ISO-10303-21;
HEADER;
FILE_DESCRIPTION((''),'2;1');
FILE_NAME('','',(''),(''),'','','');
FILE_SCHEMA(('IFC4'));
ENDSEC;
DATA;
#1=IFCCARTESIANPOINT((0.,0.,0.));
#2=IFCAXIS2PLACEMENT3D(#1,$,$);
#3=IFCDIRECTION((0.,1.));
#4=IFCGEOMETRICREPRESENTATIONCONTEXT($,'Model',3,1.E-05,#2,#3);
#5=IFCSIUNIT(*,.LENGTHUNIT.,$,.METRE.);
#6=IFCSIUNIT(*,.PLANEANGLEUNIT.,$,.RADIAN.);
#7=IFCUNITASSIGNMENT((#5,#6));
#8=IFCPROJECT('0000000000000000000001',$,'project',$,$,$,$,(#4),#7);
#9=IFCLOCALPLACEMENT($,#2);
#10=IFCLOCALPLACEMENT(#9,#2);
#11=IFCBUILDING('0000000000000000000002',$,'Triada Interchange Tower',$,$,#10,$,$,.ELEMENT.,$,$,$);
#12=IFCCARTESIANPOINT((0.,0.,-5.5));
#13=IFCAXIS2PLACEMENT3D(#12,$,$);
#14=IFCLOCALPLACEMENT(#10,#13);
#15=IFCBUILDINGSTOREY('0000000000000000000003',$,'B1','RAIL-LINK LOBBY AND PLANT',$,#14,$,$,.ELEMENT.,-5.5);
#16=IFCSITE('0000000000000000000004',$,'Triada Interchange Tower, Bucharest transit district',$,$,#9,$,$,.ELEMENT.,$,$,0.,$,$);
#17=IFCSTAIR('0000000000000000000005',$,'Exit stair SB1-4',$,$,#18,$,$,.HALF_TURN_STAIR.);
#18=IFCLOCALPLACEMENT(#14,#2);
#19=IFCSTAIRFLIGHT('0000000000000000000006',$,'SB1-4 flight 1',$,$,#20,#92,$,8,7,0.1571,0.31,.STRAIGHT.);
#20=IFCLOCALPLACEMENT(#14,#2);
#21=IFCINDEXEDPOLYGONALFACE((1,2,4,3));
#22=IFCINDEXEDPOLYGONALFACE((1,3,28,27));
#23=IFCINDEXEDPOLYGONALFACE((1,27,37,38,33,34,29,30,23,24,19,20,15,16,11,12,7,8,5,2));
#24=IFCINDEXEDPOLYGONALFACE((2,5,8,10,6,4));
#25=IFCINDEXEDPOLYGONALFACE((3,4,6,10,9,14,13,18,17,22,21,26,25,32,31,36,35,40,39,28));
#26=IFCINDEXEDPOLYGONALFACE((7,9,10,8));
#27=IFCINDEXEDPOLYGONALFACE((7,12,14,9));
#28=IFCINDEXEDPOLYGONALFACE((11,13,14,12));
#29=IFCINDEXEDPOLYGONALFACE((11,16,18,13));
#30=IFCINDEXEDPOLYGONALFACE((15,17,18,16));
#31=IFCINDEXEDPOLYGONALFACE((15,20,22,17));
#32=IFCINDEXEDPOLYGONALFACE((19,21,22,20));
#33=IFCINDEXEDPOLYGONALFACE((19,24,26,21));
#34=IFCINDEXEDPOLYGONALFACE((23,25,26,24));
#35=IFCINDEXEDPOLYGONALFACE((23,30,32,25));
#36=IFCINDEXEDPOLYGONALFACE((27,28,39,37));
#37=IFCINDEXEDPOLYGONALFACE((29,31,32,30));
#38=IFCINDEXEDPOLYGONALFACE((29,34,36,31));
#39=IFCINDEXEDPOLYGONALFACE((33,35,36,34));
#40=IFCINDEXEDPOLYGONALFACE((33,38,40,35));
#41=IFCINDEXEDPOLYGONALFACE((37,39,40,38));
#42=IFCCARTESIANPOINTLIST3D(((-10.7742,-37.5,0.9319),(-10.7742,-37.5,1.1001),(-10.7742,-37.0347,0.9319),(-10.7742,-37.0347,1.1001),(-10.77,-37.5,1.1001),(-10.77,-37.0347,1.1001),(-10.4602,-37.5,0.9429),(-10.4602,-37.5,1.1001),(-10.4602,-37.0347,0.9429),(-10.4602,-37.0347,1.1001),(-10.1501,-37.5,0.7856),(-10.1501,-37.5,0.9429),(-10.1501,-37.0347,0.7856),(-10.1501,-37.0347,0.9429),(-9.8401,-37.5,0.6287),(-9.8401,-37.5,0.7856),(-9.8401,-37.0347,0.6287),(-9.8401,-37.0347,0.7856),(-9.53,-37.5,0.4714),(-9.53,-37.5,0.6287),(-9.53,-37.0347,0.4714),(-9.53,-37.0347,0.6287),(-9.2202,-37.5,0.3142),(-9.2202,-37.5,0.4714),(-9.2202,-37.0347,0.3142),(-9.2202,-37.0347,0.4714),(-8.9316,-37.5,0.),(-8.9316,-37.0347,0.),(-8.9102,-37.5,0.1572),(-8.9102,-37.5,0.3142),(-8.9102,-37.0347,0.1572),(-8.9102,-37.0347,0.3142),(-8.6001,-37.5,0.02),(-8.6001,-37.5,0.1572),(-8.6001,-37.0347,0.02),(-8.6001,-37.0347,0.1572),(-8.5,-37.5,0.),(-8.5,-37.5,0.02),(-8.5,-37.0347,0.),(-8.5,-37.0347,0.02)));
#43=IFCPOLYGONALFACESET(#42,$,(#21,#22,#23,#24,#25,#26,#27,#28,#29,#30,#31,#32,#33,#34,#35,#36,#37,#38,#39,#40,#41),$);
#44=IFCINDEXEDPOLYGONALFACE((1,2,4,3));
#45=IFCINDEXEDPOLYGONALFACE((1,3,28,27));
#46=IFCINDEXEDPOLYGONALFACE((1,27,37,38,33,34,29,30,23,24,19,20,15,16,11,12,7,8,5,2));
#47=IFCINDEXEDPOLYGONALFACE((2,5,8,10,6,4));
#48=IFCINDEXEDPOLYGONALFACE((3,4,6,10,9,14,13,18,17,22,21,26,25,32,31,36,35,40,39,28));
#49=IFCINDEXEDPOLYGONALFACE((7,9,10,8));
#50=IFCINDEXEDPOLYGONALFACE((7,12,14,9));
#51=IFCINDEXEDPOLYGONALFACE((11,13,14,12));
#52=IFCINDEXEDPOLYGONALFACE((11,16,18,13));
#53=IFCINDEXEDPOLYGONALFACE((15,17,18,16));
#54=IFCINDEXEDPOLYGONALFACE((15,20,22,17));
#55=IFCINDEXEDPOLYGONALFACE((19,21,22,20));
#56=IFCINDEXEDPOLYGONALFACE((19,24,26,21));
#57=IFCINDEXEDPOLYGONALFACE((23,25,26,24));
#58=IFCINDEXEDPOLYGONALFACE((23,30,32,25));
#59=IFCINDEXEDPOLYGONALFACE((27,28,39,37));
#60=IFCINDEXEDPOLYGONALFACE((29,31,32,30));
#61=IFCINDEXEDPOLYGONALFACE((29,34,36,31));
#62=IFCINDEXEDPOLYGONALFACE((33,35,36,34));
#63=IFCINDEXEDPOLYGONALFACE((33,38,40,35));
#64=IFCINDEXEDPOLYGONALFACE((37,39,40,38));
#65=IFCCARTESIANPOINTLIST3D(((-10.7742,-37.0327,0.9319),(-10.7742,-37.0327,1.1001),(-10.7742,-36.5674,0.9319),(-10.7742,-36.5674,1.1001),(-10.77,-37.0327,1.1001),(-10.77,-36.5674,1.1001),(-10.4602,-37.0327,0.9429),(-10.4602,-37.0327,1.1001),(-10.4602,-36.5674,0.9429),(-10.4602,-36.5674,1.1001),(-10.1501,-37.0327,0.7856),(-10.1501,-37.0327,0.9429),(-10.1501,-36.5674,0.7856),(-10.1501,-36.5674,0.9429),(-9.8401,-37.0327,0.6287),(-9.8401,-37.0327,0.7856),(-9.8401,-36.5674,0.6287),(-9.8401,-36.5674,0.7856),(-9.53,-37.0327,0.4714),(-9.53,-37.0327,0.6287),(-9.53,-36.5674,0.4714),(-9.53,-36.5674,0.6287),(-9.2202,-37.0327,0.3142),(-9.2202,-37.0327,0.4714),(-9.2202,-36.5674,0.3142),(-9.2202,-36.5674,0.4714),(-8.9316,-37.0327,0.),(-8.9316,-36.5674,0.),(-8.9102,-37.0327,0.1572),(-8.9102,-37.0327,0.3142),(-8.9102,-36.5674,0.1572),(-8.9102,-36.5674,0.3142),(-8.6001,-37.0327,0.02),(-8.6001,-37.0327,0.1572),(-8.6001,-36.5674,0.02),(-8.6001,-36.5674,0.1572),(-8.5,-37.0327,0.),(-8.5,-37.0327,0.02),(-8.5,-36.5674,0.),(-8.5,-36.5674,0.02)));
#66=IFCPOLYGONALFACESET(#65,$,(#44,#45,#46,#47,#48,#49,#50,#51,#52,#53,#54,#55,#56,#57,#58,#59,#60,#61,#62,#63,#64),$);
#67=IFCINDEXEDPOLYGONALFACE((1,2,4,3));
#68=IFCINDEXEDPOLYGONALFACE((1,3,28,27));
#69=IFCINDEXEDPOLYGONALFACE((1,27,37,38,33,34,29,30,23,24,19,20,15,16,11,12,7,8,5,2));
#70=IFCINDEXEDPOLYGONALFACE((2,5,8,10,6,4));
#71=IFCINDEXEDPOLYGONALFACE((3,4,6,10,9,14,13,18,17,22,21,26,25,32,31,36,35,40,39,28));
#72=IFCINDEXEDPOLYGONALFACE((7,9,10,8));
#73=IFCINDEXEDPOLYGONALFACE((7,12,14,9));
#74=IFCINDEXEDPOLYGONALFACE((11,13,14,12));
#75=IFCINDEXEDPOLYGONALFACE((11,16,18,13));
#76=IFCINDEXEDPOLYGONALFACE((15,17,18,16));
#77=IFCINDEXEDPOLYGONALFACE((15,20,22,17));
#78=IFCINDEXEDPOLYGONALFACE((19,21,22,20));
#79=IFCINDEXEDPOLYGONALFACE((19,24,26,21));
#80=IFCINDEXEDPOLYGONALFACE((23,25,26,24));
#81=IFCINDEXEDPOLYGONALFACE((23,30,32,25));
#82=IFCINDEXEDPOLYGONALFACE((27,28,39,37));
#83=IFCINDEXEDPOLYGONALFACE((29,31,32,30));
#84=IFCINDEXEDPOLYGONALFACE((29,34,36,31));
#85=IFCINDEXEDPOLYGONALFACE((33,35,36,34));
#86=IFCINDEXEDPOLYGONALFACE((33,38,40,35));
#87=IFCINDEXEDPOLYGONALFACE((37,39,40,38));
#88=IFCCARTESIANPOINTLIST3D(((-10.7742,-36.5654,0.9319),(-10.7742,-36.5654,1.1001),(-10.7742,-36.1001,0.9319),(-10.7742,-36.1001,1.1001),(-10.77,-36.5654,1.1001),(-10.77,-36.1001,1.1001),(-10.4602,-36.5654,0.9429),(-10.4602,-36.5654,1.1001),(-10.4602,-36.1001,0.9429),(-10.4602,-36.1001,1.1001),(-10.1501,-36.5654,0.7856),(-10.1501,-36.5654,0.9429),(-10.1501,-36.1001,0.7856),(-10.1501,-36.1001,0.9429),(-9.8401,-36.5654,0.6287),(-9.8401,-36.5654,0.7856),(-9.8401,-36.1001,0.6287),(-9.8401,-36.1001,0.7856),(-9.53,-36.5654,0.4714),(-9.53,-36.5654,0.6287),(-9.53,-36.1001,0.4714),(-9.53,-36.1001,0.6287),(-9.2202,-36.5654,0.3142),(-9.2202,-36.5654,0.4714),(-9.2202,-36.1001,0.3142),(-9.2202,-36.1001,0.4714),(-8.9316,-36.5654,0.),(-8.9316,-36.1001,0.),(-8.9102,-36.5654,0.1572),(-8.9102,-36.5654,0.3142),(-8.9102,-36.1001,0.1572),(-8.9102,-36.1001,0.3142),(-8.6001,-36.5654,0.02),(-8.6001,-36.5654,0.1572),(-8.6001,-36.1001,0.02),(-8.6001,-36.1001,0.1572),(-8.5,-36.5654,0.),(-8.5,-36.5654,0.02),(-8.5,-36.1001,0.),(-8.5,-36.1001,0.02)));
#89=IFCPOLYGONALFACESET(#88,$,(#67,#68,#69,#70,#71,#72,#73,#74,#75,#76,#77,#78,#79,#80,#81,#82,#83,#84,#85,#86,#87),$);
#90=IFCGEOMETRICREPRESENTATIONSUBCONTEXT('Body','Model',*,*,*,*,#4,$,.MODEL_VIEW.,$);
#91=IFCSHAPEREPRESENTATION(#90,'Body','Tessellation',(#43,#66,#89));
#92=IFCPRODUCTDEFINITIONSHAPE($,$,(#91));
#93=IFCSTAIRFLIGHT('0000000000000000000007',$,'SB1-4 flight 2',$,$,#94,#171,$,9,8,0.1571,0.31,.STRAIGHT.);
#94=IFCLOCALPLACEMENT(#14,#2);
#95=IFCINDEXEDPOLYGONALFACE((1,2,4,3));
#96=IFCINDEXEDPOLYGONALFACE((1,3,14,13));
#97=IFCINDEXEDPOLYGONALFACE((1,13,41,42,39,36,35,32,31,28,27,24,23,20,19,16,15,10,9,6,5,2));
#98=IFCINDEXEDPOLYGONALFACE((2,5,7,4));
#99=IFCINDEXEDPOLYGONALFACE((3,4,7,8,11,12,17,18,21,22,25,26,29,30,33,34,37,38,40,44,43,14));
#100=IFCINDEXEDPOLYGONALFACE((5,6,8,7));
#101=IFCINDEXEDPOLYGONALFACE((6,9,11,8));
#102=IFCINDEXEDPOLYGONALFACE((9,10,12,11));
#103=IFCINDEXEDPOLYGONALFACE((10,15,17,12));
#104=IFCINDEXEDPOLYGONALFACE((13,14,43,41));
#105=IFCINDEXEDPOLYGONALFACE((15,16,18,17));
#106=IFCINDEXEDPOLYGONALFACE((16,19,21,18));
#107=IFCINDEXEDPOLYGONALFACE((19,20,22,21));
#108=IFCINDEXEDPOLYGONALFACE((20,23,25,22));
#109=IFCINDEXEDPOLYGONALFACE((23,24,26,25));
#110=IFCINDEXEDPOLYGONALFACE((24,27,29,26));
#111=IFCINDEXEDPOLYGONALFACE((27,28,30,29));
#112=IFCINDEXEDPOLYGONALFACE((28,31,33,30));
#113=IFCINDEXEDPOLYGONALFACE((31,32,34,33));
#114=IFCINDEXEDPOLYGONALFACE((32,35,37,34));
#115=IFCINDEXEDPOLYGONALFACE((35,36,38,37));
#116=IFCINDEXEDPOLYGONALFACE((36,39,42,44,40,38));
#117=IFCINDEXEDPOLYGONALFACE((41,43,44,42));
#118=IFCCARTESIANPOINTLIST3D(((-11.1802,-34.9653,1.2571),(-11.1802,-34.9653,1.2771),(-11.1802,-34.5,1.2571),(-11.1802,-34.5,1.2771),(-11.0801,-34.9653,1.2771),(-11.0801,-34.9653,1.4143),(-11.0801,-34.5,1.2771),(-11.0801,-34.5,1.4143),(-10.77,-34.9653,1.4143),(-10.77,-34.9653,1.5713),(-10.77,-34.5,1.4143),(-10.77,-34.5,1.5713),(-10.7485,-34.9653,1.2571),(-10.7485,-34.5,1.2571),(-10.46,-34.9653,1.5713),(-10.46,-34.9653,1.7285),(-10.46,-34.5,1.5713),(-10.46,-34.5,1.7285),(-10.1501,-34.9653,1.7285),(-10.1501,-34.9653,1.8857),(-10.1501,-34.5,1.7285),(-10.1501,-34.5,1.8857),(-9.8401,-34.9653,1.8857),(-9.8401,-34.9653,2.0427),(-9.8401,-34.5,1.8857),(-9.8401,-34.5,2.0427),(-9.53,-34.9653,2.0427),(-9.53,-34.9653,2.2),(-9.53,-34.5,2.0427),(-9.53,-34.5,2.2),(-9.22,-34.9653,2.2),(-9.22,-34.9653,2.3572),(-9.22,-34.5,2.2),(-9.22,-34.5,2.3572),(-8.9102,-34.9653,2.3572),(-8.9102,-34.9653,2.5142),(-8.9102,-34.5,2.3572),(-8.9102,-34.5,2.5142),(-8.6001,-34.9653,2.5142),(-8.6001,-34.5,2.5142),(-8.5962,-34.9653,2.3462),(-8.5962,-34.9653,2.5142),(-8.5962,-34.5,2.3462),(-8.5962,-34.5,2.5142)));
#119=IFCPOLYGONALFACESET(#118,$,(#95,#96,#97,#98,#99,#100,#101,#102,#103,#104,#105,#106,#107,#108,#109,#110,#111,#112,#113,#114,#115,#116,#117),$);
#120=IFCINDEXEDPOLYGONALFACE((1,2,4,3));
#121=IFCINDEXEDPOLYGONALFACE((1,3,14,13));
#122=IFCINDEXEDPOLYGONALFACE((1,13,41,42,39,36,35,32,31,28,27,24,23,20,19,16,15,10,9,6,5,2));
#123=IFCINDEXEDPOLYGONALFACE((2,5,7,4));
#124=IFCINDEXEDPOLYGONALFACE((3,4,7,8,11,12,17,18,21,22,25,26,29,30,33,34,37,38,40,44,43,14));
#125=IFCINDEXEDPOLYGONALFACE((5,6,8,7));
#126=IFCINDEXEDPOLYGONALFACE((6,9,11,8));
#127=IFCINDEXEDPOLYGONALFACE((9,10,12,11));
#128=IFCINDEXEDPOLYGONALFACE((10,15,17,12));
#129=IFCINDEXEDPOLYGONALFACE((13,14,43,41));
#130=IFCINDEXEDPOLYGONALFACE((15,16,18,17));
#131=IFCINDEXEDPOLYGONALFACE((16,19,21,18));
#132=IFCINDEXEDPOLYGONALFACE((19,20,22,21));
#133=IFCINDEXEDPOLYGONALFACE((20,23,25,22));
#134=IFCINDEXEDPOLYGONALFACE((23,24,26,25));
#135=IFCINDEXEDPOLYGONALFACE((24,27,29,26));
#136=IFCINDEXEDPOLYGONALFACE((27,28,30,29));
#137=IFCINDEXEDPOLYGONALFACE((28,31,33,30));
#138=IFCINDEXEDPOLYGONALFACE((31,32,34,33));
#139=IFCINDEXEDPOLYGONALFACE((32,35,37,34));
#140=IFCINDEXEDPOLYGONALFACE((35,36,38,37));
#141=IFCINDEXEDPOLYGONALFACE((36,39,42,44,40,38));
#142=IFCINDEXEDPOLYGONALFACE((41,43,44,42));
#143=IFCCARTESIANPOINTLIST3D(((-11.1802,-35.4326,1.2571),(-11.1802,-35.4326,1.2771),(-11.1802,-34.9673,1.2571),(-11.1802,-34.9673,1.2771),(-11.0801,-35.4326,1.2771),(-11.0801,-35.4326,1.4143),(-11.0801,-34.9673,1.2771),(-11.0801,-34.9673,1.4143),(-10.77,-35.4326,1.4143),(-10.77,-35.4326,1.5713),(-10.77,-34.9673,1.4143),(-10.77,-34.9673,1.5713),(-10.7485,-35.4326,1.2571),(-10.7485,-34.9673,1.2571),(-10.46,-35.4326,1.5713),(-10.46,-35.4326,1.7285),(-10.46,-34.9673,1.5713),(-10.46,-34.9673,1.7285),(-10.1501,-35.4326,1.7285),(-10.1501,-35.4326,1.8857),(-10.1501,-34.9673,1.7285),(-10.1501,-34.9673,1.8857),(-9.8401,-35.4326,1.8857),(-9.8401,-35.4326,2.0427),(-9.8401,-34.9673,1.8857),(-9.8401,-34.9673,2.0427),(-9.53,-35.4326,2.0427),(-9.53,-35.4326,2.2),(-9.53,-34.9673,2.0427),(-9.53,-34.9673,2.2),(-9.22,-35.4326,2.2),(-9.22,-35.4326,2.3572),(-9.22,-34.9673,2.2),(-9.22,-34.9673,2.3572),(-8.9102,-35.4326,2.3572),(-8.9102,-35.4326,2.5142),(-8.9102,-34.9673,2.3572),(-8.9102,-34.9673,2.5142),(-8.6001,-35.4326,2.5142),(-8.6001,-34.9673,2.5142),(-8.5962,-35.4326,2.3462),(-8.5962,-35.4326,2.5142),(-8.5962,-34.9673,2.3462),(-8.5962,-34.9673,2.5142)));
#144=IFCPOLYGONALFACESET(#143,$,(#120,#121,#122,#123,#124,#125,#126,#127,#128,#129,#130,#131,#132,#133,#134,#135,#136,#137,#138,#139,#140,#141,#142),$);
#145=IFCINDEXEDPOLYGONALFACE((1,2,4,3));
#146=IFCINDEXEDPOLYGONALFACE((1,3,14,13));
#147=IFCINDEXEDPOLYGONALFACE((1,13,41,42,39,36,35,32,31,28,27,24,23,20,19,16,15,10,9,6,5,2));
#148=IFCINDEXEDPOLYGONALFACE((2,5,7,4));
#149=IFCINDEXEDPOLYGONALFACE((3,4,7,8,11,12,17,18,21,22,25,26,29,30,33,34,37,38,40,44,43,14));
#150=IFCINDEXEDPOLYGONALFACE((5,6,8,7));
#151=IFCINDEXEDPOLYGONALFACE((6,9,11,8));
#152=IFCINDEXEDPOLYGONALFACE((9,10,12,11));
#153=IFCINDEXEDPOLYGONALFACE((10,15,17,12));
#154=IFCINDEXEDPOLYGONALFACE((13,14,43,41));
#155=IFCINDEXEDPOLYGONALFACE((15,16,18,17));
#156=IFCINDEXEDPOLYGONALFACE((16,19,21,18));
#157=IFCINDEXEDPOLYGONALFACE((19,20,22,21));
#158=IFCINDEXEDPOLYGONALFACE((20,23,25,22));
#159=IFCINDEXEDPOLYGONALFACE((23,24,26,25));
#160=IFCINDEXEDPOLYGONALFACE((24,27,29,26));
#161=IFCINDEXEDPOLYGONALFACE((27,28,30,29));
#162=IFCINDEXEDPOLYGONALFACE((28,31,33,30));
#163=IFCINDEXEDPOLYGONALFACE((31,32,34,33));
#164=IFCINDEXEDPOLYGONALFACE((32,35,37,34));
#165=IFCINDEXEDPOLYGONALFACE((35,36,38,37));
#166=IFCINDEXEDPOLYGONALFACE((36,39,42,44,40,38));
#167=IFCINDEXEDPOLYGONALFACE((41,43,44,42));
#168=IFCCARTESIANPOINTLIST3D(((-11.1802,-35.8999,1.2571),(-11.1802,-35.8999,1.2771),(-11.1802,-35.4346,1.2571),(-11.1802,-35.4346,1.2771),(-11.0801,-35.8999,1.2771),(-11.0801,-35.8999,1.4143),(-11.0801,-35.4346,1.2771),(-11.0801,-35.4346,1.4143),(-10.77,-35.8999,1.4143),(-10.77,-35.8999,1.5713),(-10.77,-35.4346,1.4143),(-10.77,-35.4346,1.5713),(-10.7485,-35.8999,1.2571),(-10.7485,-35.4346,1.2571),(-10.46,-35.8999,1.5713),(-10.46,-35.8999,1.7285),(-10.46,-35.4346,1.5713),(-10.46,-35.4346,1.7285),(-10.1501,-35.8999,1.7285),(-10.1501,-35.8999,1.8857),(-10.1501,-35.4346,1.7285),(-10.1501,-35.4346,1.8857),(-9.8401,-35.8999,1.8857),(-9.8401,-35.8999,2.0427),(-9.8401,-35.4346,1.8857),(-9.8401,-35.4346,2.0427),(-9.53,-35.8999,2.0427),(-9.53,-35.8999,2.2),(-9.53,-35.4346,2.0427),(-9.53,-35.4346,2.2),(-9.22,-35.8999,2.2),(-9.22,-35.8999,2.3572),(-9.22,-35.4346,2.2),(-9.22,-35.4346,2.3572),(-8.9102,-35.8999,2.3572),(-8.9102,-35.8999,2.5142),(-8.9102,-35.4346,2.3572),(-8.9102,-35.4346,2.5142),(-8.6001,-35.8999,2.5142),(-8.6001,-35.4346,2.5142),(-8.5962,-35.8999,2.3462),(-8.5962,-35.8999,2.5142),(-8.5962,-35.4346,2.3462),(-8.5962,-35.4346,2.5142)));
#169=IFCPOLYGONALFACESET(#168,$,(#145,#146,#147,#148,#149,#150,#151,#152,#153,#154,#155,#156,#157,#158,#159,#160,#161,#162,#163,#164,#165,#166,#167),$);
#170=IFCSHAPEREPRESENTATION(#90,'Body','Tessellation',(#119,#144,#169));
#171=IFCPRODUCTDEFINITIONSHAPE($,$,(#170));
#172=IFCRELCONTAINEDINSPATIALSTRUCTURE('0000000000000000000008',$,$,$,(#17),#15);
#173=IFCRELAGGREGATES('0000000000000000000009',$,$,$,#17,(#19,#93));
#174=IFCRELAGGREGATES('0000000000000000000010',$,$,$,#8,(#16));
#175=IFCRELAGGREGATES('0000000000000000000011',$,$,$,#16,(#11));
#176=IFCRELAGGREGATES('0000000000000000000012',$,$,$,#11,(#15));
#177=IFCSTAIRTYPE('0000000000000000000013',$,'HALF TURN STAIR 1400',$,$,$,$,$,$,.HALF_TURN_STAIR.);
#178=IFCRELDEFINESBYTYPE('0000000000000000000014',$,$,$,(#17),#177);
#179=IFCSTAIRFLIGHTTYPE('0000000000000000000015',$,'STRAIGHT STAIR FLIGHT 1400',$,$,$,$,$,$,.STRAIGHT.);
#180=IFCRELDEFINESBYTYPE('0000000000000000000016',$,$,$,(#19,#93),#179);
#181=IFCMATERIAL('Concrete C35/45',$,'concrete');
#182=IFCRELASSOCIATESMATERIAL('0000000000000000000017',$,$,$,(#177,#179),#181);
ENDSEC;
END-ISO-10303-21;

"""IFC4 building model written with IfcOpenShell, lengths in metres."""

from ifc_helpers import new_model, si_unit, direction, frame, origin, place, context, subcontext, project, spatial, polyline, outline, extrude, material, type_object, element, aggregate, save


model = new_model("IFC4")

# Units and contexts
model_context = context("Model", 3, precision=1e-05, world=origin(), true_north=direction((0.0, 1.0)))
body_context = subcontext(model_context, "Body", "Model", "MODEL_VIEW")
ifc_project = project(units=[si_unit("LENGTHUNIT", "METRE"), si_unit("PLANEANGLEUNIT", "RADIAN")], contexts=[model_context])

# Site, building, storey
site_placement = place(None, origin())
site = spatial("IfcSite", under=ifc_project, at=site_placement, Name="Triada Interchange Tower, Bucharest transit district", CompositionType="ELEMENT", RefElevation=0.0)
building_placement = place(site_placement, origin())
building = spatial("IfcBuilding", under=site, at=building_placement, Name="Triada Interchange Tower", CompositionType="ELEMENT")
storey_placement = place(building_placement, frame((0.0, 0.0, -5.5)))
storey = spatial("IfcBuildingStorey", under=building, at=storey_placement, Name="B1", Description="RAIL-LINK LOBBY AND PLANT", CompositionType="ELEMENT", Elevation=-5.5)

# Shared definitions
ifc_material_1 = material(Name="Concrete C35/45", Category="concrete")

# Stair, stair flights
stair_type = type_object("IfcStairType", Name="HALF TURN STAIR 1400", PredefinedType="HALF_TURN_STAIR", material=ifc_material_1)
stair_1_placement = place(storey_placement, origin())
stair_1 = element("IfcStair", 1, at=stair_1_placement, inside=storey, type_object=stair_type, Name="Exit stair SB1-4", PredefinedType="HALF_TURN_STAIR")
stair_flight_type = type_object("IfcStairFlightType", Name="STRAIGHT STAIR FLIGHT 1400", PredefinedType="STRAIGHT", material=ifc_material_1)
stair_flight_1_placement = place(storey_placement, frame((-8.6001, -36.8, 0.0), z_axis=(0.0, 0.0, 1.0), x_axis=(-1.0, 0.0, 0.0)))
stair_flight_1 = element("IfcStairFlight", 2, at=stair_flight_1_placement, type_object=stair_flight_type, Name="SB1-4 flight 1", NumberOfRisers=8, NumberOfTreads=7, PredefinedType="STRAIGHT", RiserHeight=0.1571, TreadLength=0.31, context=body_context, shape_type="SweptSolid", body=[
    extrude(outline(polyline([(-0.1001, 0.0), (-0.1001, 0.02), (0.0, 0.02), (0.0, 0.1572), (0.3101, 0.1572), (0.3101, 0.3142), (0.6201, 0.3142), (0.6201, 0.4714), (0.9299, 0.4714), (0.9299, 0.6287), (1.24, 0.6287), (1.24, 0.7856), (1.55, 0.7856), (1.55, 0.9429), (1.8601, 0.9429), (1.8601, 1.1001), (2.1699, 1.1001), (2.1741, 1.1001), (2.1741, 1.2571), (2.1741, 0.9319), (0.3315, 0.0), (-0.1001, 0.0)])), frame((0.0, 0.7, 0.0), z_axis=(0.0, -1.0, 0.0), x_axis=(1.0, 0.0, 0.0)), (0.0, 0.0, 1.0), 0.4653),
    extrude(outline(polyline([(-0.1001, 0.0), (-0.1001, 0.02), (0.0, 0.02), (0.0, 0.1572), (0.3101, 0.1572), (0.3101, 0.3142), (0.6201, 0.3142), (0.6201, 0.4714), (0.9299, 0.4714), (0.9299, 0.6287), (1.24, 0.6287), (1.24, 0.7856), (1.55, 0.7856), (1.55, 0.9429), (1.8601, 0.9429), (1.8601, 1.1001), (2.1699, 1.1001), (2.1741, 1.1001), (2.1741, 1.2571), (2.1741, 0.9319), (0.3315, 0.0), (-0.1001, 0.0)])), frame((0.0, 0.2327, 0.0), z_axis=(0.0, -1.0, 0.0), x_axis=(1.0, 0.0, 0.0)), (0.0, 0.0, 1.0), 0.4653),
    extrude(outline(polyline([(-0.1001, 0.0), (-0.1001, 0.02), (0.0, 0.02), (0.0, 0.1572), (0.3101, 0.1572), (0.3101, 0.3142), (0.6201, 0.3142), (0.6201, 0.4714), (0.9299, 0.4714), (0.9299, 0.6287), (1.24, 0.6287), (1.24, 0.7856), (1.55, 0.7856), (1.55, 0.9429), (1.8601, 0.9429), (1.8601, 1.1001), (2.1699, 1.1001), (2.1741, 1.1001), (2.1741, 1.2571), (2.1741, 0.9319), (0.3315, 0.0), (-0.1001, 0.0)])), frame((0.0, -0.2346, 0.0), z_axis=(0.0, -1.0, 0.0), x_axis=(1.0, 0.0, 0.0)), (0.0, 0.0, 1.0), 0.4653),
])
stair_flight_2_placement = place(storey_placement, frame((-11.0801, -35.2, 1.2571), z_axis=(0.0, 0.0, 1.0), x_axis=(1.0, 0.0, 0.0)))
stair_flight_2 = element("IfcStairFlight", 3, at=stair_flight_2_placement, type_object=stair_flight_type, Name="SB1-4 flight 2", NumberOfRisers=9, NumberOfTreads=8, PredefinedType="STRAIGHT", RiserHeight=0.1571, TreadLength=0.31, context=body_context, shape_type="SweptSolid", body=[
    extrude(outline(polyline([(-0.1001, 0.0), (-0.1001, 0.02), (0.0, 0.02), (0.0, 0.1572), (0.3101, 0.1572), (0.3101, 0.3142), (0.6201, 0.3142), (0.6201, 0.4714), (0.9299, 0.4714), (0.9299, 0.6287), (1.24, 0.6287), (1.24, 0.7856), (1.55, 0.7856), (1.55, 0.9429), (1.8601, 0.9429), (1.8601, 1.1001), (2.1699, 1.1001), (2.1699, 1.2571), (2.48, 1.2571), (2.4839, 1.2571), (2.4839, 1.4143), (2.4839, 1.0891), (0.3315, 0.0), (-0.1001, 0.0)])), frame((0.0, 0.7, 0.0), z_axis=(0.0, -1.0, 0.0), x_axis=(1.0, 0.0, 0.0)), (0.0, 0.0, 1.0), 0.4653),
    extrude(outline(polyline([(-0.1001, 0.0), (-0.1001, 0.02), (0.0, 0.02), (0.0, 0.1572), (0.3101, 0.1572), (0.3101, 0.3142), (0.6201, 0.3142), (0.6201, 0.4714), (0.9299, 0.4714), (0.9299, 0.6287), (1.24, 0.6287), (1.24, 0.7856), (1.55, 0.7856), (1.55, 0.9429), (1.8601, 0.9429), (1.8601, 1.1001), (2.1699, 1.1001), (2.1699, 1.2571), (2.48, 1.2571), (2.4839, 1.2571), (2.4839, 1.4143), (2.4839, 1.0891), (0.3315, 0.0), (-0.1001, 0.0)])), frame((0.0, 0.2327, 0.0), z_axis=(0.0, -1.0, 0.0), x_axis=(1.0, 0.0, 0.0)), (0.0, 0.0, 1.0), 0.4653),
    extrude(outline(polyline([(-0.1001, 0.0), (-0.1001, 0.02), (0.0, 0.02), (0.0, 0.1572), (0.3101, 0.1572), (0.3101, 0.3142), (0.6201, 0.3142), (0.6201, 0.4714), (0.9299, 0.4714), (0.9299, 0.6287), (1.24, 0.6287), (1.24, 0.7856), (1.55, 0.7856), (1.55, 0.9429), (1.8601, 0.9429), (1.8601, 1.1001), (2.1699, 1.1001), (2.1699, 1.2571), (2.48, 1.2571), (2.4839, 1.2571), (2.4839, 1.4143), (2.4839, 1.0891), (0.3315, 0.0), (-0.1001, 0.0)])), frame((0.0, -0.2346, 0.0), z_axis=(0.0, -1.0, 0.0), x_axis=(1.0, 0.0, 0.0)), (0.0, 0.0, 1.0), 0.4653),
])
aggregate(stair_1, [stair_flight_1, stair_flight_2])

save(model, "model.ifc")
